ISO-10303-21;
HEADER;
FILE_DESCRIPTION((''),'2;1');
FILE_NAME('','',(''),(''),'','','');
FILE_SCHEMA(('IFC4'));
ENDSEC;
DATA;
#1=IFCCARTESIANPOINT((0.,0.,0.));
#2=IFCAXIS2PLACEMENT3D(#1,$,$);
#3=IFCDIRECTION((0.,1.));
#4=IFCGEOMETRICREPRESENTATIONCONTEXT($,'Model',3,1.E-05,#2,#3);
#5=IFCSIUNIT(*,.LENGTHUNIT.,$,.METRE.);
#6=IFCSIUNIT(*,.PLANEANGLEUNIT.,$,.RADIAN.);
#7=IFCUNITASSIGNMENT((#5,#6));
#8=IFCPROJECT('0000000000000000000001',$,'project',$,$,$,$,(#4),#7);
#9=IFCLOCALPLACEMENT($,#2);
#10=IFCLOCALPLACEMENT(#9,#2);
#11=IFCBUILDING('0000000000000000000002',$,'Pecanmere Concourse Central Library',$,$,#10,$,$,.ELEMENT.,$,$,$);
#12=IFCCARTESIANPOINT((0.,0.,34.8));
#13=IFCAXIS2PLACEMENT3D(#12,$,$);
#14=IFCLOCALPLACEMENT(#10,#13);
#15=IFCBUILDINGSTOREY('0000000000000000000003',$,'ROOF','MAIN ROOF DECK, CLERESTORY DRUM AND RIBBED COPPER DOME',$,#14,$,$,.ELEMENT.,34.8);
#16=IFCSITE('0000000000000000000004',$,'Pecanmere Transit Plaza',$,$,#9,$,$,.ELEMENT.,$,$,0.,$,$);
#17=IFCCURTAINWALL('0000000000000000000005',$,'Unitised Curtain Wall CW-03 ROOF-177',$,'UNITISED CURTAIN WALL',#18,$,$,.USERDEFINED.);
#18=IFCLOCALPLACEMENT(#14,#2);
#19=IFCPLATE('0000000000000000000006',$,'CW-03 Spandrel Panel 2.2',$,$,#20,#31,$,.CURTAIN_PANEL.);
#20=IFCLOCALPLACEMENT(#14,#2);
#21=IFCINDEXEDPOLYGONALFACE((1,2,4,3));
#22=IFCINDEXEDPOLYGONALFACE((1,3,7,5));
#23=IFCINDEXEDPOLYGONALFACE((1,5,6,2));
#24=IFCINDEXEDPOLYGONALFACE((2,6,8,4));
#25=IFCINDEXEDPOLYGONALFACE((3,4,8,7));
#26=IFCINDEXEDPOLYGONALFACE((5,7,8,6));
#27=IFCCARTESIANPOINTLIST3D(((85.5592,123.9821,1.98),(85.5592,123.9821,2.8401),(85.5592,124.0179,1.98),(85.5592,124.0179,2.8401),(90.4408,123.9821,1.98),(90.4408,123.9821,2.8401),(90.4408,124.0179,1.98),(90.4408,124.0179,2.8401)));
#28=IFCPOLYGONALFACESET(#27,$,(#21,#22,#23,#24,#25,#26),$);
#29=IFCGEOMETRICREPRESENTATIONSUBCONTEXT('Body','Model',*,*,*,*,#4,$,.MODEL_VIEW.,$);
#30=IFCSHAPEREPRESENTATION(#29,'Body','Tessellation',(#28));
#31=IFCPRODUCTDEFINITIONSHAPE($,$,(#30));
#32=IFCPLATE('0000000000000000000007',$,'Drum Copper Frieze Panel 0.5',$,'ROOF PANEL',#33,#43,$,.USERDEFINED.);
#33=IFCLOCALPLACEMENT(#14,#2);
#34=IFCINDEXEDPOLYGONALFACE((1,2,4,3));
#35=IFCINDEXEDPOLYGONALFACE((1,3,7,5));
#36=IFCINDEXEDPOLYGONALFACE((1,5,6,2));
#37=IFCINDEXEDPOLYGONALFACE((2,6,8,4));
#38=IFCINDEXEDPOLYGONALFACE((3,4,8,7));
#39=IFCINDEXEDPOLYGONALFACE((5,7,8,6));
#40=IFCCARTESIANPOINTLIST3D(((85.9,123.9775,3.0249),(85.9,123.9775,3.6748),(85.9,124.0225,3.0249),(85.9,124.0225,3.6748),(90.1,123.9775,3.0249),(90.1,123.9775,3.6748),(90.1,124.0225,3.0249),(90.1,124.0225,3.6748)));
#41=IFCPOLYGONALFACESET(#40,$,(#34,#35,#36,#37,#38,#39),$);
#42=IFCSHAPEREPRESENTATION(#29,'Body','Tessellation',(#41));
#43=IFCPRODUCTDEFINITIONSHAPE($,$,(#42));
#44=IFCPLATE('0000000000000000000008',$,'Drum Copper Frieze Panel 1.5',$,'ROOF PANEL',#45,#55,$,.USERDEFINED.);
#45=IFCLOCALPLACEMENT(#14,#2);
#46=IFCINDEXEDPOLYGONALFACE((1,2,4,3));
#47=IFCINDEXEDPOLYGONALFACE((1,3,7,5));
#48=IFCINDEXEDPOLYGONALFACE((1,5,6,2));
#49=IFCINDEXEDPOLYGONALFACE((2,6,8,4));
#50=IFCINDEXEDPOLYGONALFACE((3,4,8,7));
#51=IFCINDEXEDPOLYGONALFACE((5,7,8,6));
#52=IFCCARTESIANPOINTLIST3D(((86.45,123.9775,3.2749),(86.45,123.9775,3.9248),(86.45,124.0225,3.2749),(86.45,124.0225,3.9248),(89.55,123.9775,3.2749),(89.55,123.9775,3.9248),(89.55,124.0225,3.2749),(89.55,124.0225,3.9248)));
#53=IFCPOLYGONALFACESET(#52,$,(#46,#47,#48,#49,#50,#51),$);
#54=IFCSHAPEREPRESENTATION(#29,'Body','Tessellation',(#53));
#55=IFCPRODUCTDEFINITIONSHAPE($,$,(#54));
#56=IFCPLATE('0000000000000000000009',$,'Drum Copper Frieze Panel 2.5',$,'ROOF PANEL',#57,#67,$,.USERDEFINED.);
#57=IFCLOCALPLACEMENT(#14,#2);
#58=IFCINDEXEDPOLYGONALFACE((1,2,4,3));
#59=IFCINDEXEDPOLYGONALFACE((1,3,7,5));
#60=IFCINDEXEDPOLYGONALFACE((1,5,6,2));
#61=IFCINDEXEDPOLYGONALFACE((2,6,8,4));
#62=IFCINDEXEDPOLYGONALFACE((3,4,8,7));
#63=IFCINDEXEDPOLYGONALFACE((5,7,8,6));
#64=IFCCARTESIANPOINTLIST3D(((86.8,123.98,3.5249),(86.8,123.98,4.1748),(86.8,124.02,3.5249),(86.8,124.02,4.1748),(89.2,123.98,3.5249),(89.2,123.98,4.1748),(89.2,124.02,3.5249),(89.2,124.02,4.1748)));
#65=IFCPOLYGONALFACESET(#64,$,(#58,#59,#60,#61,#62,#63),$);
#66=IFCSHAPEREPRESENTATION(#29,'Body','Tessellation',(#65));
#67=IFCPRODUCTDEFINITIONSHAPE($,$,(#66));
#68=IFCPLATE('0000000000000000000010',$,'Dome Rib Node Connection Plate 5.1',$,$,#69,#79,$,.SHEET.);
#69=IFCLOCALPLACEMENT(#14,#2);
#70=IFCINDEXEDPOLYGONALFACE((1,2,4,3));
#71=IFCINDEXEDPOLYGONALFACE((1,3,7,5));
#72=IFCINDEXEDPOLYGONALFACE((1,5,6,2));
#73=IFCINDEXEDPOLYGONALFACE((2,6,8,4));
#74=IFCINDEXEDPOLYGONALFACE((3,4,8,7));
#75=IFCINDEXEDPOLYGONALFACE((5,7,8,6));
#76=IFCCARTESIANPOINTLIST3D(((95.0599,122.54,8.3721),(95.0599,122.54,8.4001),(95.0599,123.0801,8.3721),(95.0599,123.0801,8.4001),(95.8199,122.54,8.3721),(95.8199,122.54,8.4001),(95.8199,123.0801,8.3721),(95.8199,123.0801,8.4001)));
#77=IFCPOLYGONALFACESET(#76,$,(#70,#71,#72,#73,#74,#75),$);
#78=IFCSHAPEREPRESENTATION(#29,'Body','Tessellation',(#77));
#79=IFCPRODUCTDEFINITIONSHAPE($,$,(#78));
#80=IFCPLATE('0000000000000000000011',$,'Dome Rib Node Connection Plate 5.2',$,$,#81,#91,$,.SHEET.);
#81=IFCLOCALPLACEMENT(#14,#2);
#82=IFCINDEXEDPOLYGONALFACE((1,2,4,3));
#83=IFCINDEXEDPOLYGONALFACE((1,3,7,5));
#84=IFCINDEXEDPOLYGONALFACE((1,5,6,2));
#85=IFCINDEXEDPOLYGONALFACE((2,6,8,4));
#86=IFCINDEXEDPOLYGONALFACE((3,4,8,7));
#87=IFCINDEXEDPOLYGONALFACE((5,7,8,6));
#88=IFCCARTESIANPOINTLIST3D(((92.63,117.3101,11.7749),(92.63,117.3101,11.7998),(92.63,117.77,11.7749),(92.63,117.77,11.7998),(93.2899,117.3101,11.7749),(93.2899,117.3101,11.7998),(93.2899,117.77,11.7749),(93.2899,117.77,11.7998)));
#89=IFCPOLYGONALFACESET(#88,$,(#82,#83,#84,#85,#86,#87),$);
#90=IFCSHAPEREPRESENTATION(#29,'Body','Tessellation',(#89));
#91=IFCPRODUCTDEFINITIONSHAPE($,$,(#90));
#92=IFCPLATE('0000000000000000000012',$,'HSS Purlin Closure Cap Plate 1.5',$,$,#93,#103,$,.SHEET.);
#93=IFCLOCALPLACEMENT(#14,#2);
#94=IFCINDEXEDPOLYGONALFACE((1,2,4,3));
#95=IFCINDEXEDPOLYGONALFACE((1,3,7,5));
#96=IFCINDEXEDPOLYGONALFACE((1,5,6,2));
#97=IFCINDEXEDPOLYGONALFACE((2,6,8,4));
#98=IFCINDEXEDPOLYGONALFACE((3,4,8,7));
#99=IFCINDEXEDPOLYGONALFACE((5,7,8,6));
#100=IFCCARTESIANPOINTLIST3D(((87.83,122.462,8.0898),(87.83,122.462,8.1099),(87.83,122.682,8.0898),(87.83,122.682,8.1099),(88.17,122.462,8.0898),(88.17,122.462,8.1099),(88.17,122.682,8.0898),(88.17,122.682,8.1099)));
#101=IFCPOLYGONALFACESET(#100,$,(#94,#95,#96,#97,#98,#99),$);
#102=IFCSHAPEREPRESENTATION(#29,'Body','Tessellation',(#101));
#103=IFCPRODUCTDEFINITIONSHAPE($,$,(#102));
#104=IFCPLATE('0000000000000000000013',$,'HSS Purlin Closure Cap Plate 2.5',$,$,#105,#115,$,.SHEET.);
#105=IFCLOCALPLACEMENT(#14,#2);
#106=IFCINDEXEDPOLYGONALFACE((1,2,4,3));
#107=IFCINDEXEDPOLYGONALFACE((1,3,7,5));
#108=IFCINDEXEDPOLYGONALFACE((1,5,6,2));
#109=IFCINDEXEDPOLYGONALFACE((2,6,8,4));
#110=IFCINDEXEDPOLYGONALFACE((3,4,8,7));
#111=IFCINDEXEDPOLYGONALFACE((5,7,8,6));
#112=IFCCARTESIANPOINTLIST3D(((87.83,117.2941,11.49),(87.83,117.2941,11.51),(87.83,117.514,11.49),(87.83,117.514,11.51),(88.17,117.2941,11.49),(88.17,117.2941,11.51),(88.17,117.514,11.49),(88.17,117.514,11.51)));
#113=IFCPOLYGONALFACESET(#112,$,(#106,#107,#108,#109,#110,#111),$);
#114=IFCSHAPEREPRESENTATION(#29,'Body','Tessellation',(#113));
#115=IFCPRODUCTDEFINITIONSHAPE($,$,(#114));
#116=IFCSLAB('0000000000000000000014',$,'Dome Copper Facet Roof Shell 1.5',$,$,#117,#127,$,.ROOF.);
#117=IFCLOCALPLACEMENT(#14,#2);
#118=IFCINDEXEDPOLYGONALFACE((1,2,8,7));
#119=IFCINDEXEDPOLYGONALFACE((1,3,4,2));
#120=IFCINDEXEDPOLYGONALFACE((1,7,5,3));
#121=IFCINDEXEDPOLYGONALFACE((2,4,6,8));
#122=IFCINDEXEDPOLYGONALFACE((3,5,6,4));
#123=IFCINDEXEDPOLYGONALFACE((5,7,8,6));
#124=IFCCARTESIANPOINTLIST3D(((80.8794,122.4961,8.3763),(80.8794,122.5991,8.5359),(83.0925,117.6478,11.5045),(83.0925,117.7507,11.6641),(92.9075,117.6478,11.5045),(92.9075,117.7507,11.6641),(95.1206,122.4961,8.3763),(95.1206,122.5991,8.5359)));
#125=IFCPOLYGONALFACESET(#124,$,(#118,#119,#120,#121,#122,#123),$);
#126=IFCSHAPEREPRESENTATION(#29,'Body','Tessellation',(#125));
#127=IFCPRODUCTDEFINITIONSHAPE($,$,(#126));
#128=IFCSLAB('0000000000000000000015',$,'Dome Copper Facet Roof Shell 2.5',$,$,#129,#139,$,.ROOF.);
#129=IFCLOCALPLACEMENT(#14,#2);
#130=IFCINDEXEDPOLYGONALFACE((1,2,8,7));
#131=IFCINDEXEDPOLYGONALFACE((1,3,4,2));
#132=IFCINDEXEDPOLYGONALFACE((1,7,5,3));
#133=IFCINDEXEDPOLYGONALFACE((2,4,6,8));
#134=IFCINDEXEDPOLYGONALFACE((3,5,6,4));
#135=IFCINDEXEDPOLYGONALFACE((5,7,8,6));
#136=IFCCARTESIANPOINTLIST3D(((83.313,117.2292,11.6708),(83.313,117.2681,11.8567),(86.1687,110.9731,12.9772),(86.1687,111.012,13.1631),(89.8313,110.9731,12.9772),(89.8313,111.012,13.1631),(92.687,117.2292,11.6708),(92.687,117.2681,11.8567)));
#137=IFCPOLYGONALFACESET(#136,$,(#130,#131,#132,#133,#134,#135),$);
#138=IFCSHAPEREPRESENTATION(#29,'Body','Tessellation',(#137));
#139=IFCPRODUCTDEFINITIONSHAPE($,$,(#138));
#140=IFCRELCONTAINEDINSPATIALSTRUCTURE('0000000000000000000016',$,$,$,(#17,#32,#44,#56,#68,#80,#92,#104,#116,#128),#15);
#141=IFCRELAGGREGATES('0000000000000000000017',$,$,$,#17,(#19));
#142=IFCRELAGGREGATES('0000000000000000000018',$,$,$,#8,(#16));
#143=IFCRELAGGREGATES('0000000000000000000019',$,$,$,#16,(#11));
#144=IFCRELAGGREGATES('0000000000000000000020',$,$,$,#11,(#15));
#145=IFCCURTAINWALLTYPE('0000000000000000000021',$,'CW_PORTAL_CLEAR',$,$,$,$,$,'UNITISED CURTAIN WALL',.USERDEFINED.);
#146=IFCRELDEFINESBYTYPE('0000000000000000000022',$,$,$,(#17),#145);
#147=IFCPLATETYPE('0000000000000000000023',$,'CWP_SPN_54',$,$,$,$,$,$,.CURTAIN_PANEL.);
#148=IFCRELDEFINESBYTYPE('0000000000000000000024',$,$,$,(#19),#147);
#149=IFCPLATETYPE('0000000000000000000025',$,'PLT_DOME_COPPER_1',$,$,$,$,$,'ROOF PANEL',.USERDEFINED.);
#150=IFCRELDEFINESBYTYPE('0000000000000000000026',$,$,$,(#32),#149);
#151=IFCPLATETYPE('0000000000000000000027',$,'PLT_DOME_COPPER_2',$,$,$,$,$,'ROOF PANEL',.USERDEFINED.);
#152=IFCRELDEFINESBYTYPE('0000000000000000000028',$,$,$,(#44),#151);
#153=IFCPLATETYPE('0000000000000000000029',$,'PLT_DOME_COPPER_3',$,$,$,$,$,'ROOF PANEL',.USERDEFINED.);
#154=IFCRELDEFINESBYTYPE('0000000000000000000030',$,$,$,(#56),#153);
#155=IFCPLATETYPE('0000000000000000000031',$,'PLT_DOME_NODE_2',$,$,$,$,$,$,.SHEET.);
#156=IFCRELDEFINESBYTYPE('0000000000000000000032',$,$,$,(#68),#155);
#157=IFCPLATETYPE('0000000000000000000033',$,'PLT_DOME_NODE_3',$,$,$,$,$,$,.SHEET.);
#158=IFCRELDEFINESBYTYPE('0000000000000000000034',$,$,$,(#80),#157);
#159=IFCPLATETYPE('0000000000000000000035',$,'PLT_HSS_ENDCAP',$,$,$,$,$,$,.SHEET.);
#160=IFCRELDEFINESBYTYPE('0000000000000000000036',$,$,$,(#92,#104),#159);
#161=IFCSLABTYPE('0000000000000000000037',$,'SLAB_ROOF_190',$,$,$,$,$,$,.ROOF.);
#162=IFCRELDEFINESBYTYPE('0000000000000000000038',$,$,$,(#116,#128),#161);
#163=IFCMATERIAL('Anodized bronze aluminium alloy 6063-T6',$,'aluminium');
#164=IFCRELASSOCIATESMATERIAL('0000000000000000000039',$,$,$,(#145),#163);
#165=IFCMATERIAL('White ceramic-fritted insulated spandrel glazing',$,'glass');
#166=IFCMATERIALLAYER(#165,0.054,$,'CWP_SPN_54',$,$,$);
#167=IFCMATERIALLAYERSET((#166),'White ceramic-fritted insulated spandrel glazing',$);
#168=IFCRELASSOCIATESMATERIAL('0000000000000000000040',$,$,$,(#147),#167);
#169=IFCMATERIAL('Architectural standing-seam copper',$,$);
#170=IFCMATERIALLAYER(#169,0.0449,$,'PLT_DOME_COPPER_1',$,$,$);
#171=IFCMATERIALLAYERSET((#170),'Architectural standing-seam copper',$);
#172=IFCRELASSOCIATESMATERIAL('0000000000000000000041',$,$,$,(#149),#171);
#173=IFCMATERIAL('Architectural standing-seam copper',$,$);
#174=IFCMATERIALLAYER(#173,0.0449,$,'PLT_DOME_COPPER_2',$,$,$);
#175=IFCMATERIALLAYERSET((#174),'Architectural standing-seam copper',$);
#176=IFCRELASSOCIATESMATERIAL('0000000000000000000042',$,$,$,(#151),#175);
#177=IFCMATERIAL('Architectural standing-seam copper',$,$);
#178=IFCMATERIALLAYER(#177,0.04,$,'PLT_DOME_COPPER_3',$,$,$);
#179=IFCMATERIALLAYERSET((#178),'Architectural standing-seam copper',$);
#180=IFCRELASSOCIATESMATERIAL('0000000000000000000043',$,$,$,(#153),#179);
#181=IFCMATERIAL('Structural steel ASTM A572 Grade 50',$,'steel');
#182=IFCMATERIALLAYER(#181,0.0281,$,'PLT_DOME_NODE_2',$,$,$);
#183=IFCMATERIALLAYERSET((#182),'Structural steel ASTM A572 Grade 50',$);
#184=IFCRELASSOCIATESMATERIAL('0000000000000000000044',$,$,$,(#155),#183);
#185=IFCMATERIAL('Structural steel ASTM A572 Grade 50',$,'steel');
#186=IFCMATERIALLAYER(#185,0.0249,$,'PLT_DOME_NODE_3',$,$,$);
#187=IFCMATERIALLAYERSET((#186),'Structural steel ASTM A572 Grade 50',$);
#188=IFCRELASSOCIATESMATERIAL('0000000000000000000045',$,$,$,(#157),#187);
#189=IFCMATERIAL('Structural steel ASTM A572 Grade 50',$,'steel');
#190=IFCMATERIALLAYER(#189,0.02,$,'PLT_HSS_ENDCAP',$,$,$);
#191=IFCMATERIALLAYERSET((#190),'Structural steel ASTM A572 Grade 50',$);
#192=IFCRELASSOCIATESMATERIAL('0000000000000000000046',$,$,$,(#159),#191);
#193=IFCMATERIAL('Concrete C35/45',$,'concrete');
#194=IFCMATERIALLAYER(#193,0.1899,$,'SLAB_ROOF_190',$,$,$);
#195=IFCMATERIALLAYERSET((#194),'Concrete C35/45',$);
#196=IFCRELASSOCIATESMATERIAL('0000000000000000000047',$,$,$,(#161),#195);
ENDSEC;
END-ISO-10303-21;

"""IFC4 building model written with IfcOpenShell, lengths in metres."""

from ifc_helpers import new_model, si_unit, direction, frame, origin, origin_2d, place, context, subcontext, project, spatial, polyline, rectangle, outline, extrude, material, layer, layer_set, type_object, element, aggregate, save


model = new_model("IFC4")

# Units and contexts
model_context = context("Model", 3, precision=1e-05, world=origin(), true_north=direction((0.0, 1.0)))
body_context = subcontext(model_context, "Body", "Model", "MODEL_VIEW")
ifc_project = project(units=[si_unit("LENGTHUNIT", "METRE"), si_unit("PLANEANGLEUNIT", "RADIAN")], contexts=[model_context])

# Site, building, storey
site_placement = place(None, origin())
site = spatial("IfcSite", under=ifc_project, at=site_placement, Name="Pecanmere Transit Plaza", CompositionType="ELEMENT", RefElevation=0.0)
building_placement = place(site_placement, origin())
building = spatial("IfcBuilding", under=site, at=building_placement, Name="Pecanmere Concourse Central Library", CompositionType="ELEMENT")
storey_placement = place(building_placement, frame((0.0, 0.0, 34.8)))
storey = spatial("IfcBuildingStorey", under=building, at=storey_placement, Name="ROOF", Description="MAIN ROOF DECK, CLERESTORY DRUM AND RIBBED COPPER DOME", CompositionType="ELEMENT", Elevation=34.8)

# Curtain wall
ifc_material_1 = material(Name="Anodized bronze aluminium alloy 6063-T6", Category="aluminium")
curtain_wall_type = type_object("IfcCurtainWallType", Name="CW_PORTAL_CLEAR", ElementType="UNITISED CURTAIN WALL", PredefinedType="USERDEFINED", material=ifc_material_1)
curtain_wall_placement = place(storey_placement, origin())
curtain_wall = element("IfcCurtainWall", 1, at=curtain_wall_placement, inside=storey, type_object=curtain_wall_type, Name="Unitised Curtain Wall CW-03 ROOF-177", ObjectType="UNITISED CURTAIN WALL", PredefinedType="USERDEFINED")

# Plate
ifc_material_2 = material(Name="White ceramic-fritted insulated spandrel glazing", Category="glass")
ifc_layer_1 = layer(ifc_material_2, 0.054, Name="CWP_SPN_54")
ifc_layer_set_1 = layer_set([ifc_layer_1], Name="White ceramic-fritted insulated spandrel glazing")
plate_type_1 = type_object("IfcPlateType", Name="CWP_SPN_54", PredefinedType="CURTAIN_PANEL", material=ifc_layer_set_1)
plate_1_placement = place(storey_placement, frame((88.0, 124.0, 1.98), z_axis=(0.0, 0.0, 1.0), x_axis=(-1.0, 0.0, 0.0)))
plate_1 = element("IfcPlate", 2, at=plate_1_placement, type_object=plate_type_1, Name="CW-03 Spandrel Panel 2.2", PredefinedType="CURTAIN_PANEL", context=body_context, shape_type="SweptSolid", body=[
    extrude(rectangle(XDim=4.8816, YDim=0.0359, at=origin_2d()), origin(), (0.0, 0.0, 1.0), 0.8601),
])
aggregate(curtain_wall, [plate_1])

# Plates
ifc_material_3 = material(Name="Architectural standing-seam copper")
ifc_layer_2 = layer(ifc_material_3, 0.0449, Name="PLT_DOME_COPPER_1")
ifc_layer_set_2 = layer_set([ifc_layer_2], Name="Architectural standing-seam copper")
plate_type_2 = type_object("IfcPlateType", Name="PLT_DOME_COPPER_1", ElementType="ROOF PANEL", PredefinedType="USERDEFINED", material=ifc_layer_set_2)
plate_2_placement = place(storey_placement, frame((88.0, 124.0, 3.0249), z_axis=(0.0, 0.0, 1.0), x_axis=(-1.0, 0.0, 0.0)))
element("IfcPlate", 3, at=plate_2_placement, inside=storey, type_object=plate_type_2, Name="Drum Copper Frieze Panel 0.5", ObjectType="ROOF PANEL", PredefinedType="USERDEFINED", context=body_context, shape_type="SweptSolid", body=[
    extrude(rectangle(XDim=4.2, YDim=0.0449, at=origin_2d()), origin(), (0.0, 0.0, 1.0), 0.6499),
])
ifc_material_4 = material(Name="Architectural standing-seam copper")
ifc_layer_3 = layer(ifc_material_4, 0.0449, Name="PLT_DOME_COPPER_2")
ifc_layer_set_3 = layer_set([ifc_layer_3], Name="Architectural standing-seam copper")
plate_type_3 = type_object("IfcPlateType", Name="PLT_DOME_COPPER_2", ElementType="ROOF PANEL", PredefinedType="USERDEFINED", material=ifc_layer_set_3)
plate_3_placement = place(storey_placement, frame((88.0, 124.0, 3.2749), z_axis=(0.0, 0.0, 1.0), x_axis=(-1.0, 0.0, 0.0)))
element("IfcPlate", 4, at=plate_3_placement, inside=storey, type_object=plate_type_3, Name="Drum Copper Frieze Panel 1.5", ObjectType="ROOF PANEL", PredefinedType="USERDEFINED", context=body_context, shape_type="SweptSolid", body=[
    extrude(rectangle(XDim=3.1001, YDim=0.0449, at=origin_2d()), origin(), (0.0, 0.0, 1.0), 0.6499),
])
ifc_material_5 = material(Name="Architectural standing-seam copper")
ifc_layer_4 = layer(ifc_material_5, 0.04, Name="PLT_DOME_COPPER_3")
ifc_layer_set_4 = layer_set([ifc_layer_4], Name="Architectural standing-seam copper")
plate_type_4 = type_object("IfcPlateType", Name="PLT_DOME_COPPER_3", ElementType="ROOF PANEL", PredefinedType="USERDEFINED", material=ifc_layer_set_4)
plate_4_placement = place(storey_placement, frame((88.0, 124.0, 3.5249), z_axis=(0.0, 0.0, 1.0), x_axis=(-1.0, 0.0, 0.0)))
element("IfcPlate", 5, at=plate_4_placement, inside=storey, type_object=plate_type_4, Name="Drum Copper Frieze Panel 2.5", ObjectType="ROOF PANEL", PredefinedType="USERDEFINED", context=body_context, shape_type="SweptSolid", body=[
    extrude(rectangle(XDim=2.3999, YDim=0.04, at=origin_2d()), origin(), (0.0, 0.0, 1.0), 0.6499),
])
ifc_material_6 = material(Name="Structural steel ASTM A572 Grade 50", Category="steel")
ifc_layer_5 = layer(ifc_material_6, 0.0281, Name="PLT_DOME_NODE_2")
ifc_layer_set_5 = layer_set([ifc_layer_5], Name="Structural steel ASTM A572 Grade 50")
plate_type_5 = type_object("IfcPlateType", Name="PLT_DOME_NODE_2", PredefinedType="SHEET", material=ifc_layer_set_5)
plate_5_placement = place(storey_placement, frame((95.4399, 122.8101, 8.3721), z_axis=(0.0, 0.0, 1.0), x_axis=(1.0, 0.0, 0.0)))
element("IfcPlate", 6, at=plate_5_placement, inside=storey, type_object=plate_type_5, Name="Dome Rib Node Connection Plate 5.1", PredefinedType="SHEET", context=body_context, shape_type="SweptSolid", body=[
    extrude(rectangle(XDim=0.76, YDim=0.54, at=origin_2d()), origin(), (0.0, 0.0, 1.0), 0.0281),
])
ifc_material_7 = material(Name="Structural steel ASTM A572 Grade 50", Category="steel")
ifc_layer_6 = layer(ifc_material_7, 0.0249, Name="PLT_DOME_NODE_3")
ifc_layer_set_6 = layer_set([ifc_layer_6], Name="Structural steel ASTM A572 Grade 50")
plate_type_6 = type_object("IfcPlateType", Name="PLT_DOME_NODE_3", PredefinedType="SHEET", material=ifc_layer_set_6)
plate_6_placement = place(storey_placement, frame((92.96, 117.54, 11.7749), z_axis=(0.0, 0.0, 1.0), x_axis=(1.0, 0.0, 0.0)))
element("IfcPlate", 7, at=plate_6_placement, inside=storey, type_object=plate_type_6, Name="Dome Rib Node Connection Plate 5.2", PredefinedType="SHEET", context=body_context, shape_type="SweptSolid", body=[
    extrude(rectangle(XDim=0.6599, YDim=0.46, at=origin_2d()), origin(), (0.0, 0.0, 1.0), 0.0249),
])
ifc_material_8 = material(Name="Structural steel ASTM A572 Grade 50", Category="steel")
ifc_layer_7 = layer(ifc_material_8, 0.02, Name="PLT_HSS_ENDCAP")
ifc_layer_set_7 = layer_set([ifc_layer_7], Name="Structural steel ASTM A572 Grade 50")
plate_type_7 = type_object("IfcPlateType", Name="PLT_HSS_ENDCAP", PredefinedType="SHEET", material=ifc_layer_set_7)
for number, where, z_axis, x_axis, name in (
    (8, (88.0, 122.572, 8.0898), (0.0, 0.0, 1.0), (-1.0, 0.0, 0.0), "HSS Purlin Closure Cap Plate 1.5"),
    (9, (88.0, 117.4041, 11.49), (0.0, 0.0, 1.0), (-1.0, 0.0, 0.0), "HSS Purlin Closure Cap Plate 2.5"),
):
    element("IfcPlate", number, at=place(storey_placement, frame(where, z_axis=z_axis, x_axis=x_axis)), inside=storey, type_object=plate_type_7, Name=name, PredefinedType="SHEET", context=body_context, shape_type="SweptSolid", body=[
        extrude(rectangle(XDim=0.3401, YDim=0.22, at=origin_2d()), origin(), (0.0, 0.0, 1.0), 0.02),
    ])

# Slabs
ifc_material_9 = material(Name="Concrete C35/45", Category="concrete")
ifc_layer_8 = layer(ifc_material_9, 0.1899, Name="SLAB_ROOF_190")
ifc_layer_set_8 = layer_set([ifc_layer_8], Name="Concrete C35/45")
slab_type = type_object("IfcSlabType", Name="SLAB_ROOF_190", PredefinedType="ROOF", material=ifc_layer_set_8)
slab_1_placement = place(storey_placement, frame((95.1206, 122.5991, 8.5359), z_axis=(0.0, 0.542149, 0.840282), x_axis=(-1.0, 0.0, 0.0)))
element("IfcSlab", 10, at=slab_1_placement, inside=storey, type_object=slab_type, Name="Dome Copper Facet Roof Shell 1.5", PredefinedType="ROOF", context=body_context, shape_type="SweptSolid", body=[
    extrude(outline(polyline([(0.0, 0.0), (14.2412, 0.0), (12.0281, 5.77), (2.2131, 5.77), (0.0, 0.0)])), origin(), (0.0, 0.0, -1.0), 0.1899),
])
slab_2_placement = place(storey_placement, frame((92.687, 117.2681, 11.8567), z_axis=(0.0, 0.20441, 0.978885), x_axis=(-1.0, 0.0, 0.0)))
element("IfcSlab", 11, at=slab_2_placement, inside=storey, type_object=slab_type, Name="Dome Copper Facet Roof Shell 2.5", PredefinedType="ROOF", context=body_context, shape_type="SweptSolid", body=[
    extrude(outline(polyline([(0.0, 0.0), (9.374, 0.0), (6.5183, 6.391), (2.8557, 6.391), (0.0, 0.0)])), origin(), (0.0, 0.0, -1.0), 0.1899),
])

save(model, "model.ifc")
